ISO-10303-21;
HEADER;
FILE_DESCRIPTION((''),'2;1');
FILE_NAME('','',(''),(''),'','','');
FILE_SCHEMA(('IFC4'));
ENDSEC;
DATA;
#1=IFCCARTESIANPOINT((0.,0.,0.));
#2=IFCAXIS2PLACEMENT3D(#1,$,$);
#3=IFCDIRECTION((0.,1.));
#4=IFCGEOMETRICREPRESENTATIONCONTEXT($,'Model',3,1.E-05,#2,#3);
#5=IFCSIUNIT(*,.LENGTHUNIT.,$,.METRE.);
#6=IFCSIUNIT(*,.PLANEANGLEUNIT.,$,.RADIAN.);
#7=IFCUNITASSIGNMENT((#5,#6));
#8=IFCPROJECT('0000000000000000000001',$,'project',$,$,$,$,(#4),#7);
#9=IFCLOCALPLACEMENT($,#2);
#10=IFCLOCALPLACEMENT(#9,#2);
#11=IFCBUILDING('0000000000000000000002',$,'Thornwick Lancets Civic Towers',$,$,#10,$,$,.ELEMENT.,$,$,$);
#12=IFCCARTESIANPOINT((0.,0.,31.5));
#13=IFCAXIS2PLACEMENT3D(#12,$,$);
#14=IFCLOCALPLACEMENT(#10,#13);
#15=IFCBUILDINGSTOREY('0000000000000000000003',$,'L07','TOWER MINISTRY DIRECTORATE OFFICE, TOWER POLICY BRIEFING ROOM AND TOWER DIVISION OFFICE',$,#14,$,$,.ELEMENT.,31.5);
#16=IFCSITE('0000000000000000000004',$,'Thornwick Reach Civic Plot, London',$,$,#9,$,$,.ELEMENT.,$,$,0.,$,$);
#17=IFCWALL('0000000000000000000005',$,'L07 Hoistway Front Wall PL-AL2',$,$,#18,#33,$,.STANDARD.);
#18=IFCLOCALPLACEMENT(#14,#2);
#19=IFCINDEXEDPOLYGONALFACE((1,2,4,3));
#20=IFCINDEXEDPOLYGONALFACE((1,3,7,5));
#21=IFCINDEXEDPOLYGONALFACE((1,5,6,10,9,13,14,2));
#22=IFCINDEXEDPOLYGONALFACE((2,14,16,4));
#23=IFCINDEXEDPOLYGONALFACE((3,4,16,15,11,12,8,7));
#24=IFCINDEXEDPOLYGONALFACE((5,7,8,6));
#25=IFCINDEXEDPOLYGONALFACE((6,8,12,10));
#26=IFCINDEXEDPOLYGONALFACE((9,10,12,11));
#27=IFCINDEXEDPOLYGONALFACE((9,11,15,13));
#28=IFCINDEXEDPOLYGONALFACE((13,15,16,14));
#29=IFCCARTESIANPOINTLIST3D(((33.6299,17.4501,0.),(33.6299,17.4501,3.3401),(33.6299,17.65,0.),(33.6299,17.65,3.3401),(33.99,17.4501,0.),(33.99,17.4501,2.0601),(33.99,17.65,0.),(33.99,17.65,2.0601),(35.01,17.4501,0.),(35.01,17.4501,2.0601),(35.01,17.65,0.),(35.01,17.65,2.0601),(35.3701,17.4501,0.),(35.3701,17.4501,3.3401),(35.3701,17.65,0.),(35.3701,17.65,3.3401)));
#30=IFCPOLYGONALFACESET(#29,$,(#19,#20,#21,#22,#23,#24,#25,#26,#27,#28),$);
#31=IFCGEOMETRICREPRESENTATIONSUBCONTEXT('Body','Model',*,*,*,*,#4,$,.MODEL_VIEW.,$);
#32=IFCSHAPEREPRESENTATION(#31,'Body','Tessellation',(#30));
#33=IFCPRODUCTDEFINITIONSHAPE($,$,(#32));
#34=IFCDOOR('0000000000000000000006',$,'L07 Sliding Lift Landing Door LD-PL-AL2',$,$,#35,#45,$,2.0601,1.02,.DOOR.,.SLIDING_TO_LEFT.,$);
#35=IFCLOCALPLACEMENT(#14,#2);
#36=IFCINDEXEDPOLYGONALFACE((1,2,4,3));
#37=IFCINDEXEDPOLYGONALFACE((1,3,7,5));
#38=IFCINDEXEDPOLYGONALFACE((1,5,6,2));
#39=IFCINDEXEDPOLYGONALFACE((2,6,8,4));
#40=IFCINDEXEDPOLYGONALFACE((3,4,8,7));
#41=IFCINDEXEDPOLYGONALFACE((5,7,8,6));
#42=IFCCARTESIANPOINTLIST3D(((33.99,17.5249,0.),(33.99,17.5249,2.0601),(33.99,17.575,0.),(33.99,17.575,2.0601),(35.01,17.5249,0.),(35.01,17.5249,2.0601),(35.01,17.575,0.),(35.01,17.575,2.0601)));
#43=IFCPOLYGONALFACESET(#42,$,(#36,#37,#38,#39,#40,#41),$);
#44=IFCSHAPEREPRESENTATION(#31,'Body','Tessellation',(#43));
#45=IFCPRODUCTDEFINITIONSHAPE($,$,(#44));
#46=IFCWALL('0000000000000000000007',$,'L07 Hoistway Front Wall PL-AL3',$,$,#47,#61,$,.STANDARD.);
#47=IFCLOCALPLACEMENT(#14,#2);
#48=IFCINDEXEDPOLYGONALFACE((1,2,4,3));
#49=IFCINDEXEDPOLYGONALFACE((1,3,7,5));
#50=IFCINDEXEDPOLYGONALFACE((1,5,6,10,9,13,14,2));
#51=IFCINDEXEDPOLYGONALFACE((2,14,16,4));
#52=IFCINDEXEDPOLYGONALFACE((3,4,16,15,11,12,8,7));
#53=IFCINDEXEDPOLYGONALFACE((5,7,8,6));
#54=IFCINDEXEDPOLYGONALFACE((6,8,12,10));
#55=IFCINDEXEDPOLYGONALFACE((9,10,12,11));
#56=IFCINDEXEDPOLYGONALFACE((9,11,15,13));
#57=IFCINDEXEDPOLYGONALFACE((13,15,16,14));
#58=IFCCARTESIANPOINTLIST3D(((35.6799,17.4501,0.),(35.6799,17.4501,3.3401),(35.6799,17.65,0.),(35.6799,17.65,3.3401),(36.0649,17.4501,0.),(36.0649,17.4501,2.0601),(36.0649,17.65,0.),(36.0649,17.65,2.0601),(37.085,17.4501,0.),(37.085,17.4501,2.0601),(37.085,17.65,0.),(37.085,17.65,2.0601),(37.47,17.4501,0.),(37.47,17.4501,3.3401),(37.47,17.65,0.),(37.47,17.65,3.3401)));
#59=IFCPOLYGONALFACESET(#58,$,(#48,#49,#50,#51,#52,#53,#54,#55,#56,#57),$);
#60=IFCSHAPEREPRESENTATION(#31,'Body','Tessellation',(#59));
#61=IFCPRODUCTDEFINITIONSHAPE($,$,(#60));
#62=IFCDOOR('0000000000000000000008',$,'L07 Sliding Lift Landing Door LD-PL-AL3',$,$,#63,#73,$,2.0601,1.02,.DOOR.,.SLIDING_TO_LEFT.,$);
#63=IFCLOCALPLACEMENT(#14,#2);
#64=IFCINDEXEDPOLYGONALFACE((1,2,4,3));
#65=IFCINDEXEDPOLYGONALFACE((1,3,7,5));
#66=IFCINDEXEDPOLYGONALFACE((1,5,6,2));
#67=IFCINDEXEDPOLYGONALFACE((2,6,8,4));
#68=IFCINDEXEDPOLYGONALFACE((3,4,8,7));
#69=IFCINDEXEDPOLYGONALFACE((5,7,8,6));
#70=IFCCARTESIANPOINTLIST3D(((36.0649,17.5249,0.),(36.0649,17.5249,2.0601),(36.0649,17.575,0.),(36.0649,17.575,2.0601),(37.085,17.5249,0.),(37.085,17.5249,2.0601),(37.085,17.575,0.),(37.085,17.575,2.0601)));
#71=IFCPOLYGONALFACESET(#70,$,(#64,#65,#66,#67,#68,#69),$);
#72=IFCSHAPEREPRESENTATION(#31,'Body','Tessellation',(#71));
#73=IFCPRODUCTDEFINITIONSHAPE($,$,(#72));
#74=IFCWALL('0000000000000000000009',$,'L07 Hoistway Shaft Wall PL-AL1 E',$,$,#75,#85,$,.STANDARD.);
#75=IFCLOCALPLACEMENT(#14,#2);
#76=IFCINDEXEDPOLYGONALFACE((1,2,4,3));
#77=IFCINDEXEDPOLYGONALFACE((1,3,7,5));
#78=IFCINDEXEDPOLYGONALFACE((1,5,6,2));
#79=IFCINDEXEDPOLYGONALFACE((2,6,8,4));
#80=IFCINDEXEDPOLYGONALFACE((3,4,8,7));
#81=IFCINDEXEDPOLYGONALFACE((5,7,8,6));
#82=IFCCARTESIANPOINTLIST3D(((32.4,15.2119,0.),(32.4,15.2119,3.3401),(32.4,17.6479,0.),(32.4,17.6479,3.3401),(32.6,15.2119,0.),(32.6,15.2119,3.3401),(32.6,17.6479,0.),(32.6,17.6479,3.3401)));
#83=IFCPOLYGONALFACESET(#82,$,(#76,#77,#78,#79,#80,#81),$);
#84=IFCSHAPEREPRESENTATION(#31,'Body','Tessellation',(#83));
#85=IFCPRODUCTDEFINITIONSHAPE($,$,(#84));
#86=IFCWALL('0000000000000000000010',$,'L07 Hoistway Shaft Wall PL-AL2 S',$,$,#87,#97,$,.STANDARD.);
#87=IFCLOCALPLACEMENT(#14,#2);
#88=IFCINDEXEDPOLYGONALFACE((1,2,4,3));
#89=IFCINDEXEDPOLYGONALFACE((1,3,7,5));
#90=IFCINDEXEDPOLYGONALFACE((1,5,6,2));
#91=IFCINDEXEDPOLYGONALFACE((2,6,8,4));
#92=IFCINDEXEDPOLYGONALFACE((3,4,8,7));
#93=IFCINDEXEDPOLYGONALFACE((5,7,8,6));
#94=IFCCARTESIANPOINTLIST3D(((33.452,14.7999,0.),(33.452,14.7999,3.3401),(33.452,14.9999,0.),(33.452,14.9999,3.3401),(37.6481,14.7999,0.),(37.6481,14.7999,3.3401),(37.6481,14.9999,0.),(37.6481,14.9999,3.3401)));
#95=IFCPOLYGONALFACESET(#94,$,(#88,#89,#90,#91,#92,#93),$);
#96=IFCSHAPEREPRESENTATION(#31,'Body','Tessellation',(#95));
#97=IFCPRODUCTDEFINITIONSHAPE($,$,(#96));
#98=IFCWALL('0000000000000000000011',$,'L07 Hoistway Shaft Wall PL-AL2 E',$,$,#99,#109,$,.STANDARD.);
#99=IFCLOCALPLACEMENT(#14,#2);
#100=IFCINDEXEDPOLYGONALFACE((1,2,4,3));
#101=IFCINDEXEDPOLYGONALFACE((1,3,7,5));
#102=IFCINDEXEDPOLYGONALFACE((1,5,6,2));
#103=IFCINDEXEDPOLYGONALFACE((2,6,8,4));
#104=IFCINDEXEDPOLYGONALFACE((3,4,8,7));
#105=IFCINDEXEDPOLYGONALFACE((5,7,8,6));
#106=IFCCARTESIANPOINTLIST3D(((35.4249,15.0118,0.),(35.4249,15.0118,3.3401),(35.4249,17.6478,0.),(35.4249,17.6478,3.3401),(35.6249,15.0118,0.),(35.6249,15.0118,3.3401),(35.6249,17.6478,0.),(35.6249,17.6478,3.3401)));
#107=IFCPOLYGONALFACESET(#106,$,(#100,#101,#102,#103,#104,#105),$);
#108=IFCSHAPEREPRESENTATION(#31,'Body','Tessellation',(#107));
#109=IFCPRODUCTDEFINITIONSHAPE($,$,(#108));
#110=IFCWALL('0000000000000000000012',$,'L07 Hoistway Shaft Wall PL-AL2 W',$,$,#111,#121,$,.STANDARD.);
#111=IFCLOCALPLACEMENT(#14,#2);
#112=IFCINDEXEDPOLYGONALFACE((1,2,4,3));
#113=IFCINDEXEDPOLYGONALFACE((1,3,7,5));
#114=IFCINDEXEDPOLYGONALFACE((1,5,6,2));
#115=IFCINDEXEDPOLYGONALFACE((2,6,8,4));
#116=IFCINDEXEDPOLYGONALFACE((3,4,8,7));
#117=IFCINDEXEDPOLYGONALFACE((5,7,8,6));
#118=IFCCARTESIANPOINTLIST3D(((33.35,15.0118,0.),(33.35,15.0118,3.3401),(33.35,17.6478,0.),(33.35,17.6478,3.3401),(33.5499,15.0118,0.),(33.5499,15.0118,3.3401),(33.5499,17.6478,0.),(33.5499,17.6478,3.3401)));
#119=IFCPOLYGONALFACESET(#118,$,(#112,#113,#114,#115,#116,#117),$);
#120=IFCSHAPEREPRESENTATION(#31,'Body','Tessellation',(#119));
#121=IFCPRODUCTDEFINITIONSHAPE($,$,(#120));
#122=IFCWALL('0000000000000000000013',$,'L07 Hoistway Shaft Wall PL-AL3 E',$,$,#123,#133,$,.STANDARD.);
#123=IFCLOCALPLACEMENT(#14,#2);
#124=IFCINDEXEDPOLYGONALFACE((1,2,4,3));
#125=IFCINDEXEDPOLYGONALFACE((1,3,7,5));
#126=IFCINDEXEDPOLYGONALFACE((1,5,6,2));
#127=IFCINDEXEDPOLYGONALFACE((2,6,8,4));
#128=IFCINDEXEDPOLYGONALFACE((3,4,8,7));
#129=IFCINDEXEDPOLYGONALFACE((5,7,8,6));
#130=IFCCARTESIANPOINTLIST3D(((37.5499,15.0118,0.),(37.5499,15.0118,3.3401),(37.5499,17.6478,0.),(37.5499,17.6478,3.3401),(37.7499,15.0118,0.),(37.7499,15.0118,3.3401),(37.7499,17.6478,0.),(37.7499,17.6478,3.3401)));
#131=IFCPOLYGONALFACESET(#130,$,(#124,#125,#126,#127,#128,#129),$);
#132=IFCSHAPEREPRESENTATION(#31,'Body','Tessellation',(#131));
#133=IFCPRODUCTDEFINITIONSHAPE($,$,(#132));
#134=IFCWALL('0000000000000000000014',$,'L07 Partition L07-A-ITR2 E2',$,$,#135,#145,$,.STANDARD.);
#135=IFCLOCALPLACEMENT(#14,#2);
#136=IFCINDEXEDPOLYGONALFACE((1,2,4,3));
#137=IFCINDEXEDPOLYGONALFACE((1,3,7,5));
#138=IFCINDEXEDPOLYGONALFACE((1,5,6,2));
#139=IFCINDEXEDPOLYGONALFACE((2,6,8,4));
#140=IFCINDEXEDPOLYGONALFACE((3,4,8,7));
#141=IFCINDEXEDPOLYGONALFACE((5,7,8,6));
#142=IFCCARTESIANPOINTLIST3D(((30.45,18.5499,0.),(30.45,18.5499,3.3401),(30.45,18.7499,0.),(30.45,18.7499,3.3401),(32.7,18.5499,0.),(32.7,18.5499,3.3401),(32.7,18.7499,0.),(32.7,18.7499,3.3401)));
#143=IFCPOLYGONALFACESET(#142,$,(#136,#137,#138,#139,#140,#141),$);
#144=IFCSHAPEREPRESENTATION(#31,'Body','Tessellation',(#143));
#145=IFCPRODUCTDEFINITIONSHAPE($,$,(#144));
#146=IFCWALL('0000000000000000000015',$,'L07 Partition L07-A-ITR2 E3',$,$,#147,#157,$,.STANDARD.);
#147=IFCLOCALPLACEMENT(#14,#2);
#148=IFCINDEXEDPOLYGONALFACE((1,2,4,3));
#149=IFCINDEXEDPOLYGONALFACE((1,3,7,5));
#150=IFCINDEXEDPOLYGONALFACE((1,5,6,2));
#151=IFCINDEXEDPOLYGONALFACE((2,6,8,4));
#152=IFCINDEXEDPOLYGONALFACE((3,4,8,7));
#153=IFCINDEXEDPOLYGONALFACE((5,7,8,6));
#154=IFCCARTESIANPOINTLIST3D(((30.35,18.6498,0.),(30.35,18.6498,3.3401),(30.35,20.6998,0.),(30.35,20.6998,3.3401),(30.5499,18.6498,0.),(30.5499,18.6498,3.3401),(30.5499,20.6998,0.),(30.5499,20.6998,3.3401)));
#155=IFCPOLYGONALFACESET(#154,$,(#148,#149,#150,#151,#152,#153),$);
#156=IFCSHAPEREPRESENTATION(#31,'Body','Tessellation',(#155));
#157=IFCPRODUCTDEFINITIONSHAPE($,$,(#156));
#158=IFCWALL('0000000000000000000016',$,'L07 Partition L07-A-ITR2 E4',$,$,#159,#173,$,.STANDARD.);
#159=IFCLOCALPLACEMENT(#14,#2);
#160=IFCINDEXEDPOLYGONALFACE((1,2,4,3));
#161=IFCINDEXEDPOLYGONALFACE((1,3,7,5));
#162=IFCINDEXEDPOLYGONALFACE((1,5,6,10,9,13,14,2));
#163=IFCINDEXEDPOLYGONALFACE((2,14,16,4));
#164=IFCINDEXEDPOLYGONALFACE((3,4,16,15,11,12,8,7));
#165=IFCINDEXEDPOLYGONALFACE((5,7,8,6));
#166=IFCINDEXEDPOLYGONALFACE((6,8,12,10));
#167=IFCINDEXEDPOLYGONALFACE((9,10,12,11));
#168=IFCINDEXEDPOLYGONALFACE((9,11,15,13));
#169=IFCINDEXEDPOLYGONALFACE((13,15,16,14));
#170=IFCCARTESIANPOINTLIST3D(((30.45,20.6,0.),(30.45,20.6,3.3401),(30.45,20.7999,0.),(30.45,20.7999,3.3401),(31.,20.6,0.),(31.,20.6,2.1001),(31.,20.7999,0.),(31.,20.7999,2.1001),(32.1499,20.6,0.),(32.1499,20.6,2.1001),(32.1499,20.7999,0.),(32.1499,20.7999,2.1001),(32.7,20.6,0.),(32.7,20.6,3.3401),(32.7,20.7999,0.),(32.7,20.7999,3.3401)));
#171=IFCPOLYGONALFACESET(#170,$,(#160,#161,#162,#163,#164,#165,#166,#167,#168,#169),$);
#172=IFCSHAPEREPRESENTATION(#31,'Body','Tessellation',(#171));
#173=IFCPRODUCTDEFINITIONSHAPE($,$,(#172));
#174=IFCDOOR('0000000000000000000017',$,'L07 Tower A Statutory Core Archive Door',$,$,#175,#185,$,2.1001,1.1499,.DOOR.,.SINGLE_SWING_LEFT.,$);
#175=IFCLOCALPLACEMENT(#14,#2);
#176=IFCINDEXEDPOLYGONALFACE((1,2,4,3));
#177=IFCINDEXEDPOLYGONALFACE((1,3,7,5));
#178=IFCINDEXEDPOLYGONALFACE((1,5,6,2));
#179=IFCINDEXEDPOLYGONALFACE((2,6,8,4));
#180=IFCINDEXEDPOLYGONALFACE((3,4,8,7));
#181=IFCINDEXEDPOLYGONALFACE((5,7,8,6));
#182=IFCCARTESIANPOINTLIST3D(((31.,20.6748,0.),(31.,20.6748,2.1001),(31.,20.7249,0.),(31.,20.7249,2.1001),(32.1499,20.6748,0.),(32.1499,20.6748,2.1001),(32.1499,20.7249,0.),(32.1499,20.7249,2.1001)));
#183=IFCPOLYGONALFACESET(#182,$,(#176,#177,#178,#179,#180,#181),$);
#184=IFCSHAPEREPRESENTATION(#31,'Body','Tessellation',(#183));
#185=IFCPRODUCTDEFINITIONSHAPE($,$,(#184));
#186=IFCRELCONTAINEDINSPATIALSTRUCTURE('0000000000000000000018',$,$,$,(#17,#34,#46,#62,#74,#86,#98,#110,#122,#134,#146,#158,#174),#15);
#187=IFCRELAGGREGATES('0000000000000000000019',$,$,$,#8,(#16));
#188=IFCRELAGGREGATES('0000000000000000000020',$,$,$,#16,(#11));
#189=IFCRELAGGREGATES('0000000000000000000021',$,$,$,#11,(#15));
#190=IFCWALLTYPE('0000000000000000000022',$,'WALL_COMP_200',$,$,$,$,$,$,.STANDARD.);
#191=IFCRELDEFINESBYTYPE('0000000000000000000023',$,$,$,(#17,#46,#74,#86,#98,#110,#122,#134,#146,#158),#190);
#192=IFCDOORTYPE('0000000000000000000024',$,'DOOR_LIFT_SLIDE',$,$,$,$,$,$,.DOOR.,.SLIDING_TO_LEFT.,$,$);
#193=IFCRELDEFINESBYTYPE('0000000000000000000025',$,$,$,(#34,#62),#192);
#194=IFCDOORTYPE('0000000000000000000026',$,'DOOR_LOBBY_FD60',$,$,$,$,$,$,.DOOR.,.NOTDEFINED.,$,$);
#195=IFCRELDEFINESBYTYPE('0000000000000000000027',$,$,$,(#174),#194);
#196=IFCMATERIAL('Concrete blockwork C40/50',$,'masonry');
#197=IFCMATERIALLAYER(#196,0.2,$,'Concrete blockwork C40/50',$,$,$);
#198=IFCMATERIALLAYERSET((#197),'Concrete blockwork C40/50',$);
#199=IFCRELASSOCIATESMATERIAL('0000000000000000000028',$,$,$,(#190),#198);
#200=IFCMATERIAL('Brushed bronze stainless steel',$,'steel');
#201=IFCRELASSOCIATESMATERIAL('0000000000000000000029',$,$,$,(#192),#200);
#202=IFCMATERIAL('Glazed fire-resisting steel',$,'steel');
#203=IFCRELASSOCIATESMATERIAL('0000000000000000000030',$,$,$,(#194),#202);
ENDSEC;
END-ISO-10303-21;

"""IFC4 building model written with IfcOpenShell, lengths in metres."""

from ifc_helpers import new_model, si_unit, direction, frame, frame_2d, origin, place, context, subcontext, project, spatial, rectangle, extrude, material, layer, layer_set, type_object, element, fill, save


model = new_model("IFC4")

# Units and contexts
model_context = context("Model", 3, precision=1e-05, world=origin(), true_north=direction((0.0, 1.0)))
body_context = subcontext(model_context, "Body", "Model", "MODEL_VIEW")
ifc_project = project(units=[si_unit("LENGTHUNIT", "METRE"), si_unit("PLANEANGLEUNIT", "RADIAN")], contexts=[model_context])

# Site, building, storey
site_placement = place(None, origin())
site = spatial("IfcSite", under=ifc_project, at=site_placement, Name="Thornwick Reach Civic Plot, London", CompositionType="ELEMENT", RefElevation=0.0)
building_placement = place(site_placement, origin())
building = spatial("IfcBuilding", under=site, at=building_placement, Name="Thornwick Lancets Civic Towers", CompositionType="ELEMENT")
storey_placement = place(building_placement, frame((0.0, 0.0, 31.5)))
storey = spatial("IfcBuildingStorey", under=building, at=storey_placement, Name="L07", Description="TOWER MINISTRY DIRECTORATE OFFICE, TOWER POLICY BRIEFING ROOM AND TOWER DIVISION OFFICE", CompositionType="ELEMENT", Elevation=31.5)

# Walls, openings, doors
ifc_material_1 = material(Name="Concrete blockwork C40/50", Category="masonry")
ifc_layer_1 = layer(ifc_material_1, 0.2, Name="Concrete blockwork C40/50")
ifc_layer_set_1 = layer_set([ifc_layer_1], Name="Concrete blockwork C40/50")
wall_type_1 = type_object("IfcWallType", Name="WALL_COMP_200", PredefinedType="STANDARD", material=ifc_layer_set_1)
ifc_material_2 = material(Name="Brushed bronze stainless steel", Category="steel")
door_type_1 = type_object("IfcDoorType", Name="DOOR_LIFT_SLIDE", OperationType="SLIDING_TO_LEFT", PredefinedType="DOOR", material=ifc_material_2)
wall_1_placement = place(storey_placement, frame((33.6299, 17.55, 0.0), z_axis=(0.0, 0.0, 1.0), x_axis=(1.0, 0.0, 0.0)))
wall_1 = element("IfcWall", 1, at=wall_1_placement, inside=storey, type_object=wall_type_1, Name="L07 Hoistway Front Wall PL-AL2", PredefinedType="STANDARD", context=body_context, shape_type="SweptSolid", body=[
    extrude(rectangle(XDim=1.7402, YDim=0.2, at=frame_2d((0.8701, 0.0))), origin(), (0.0, 0.0, 1.0), 3.3401),
])
opening_1_placement = place(wall_1_placement, frame((0.3601, 0.0, 0.0)))
opening_1 = element("IfcOpeningElement", 2, at=opening_1_placement, cuts=wall_1, PredefinedType="OPENING", context=body_context, shape_type="SweptSolid", body=[
    extrude(rectangle(XDim=1.02, YDim=2.0601, at=frame_2d((0.51, 1.03))), frame((0.0, 0.1099, 0.0), z_axis=(0.0, -1.0, 0.0), x_axis=(1.0, 0.0, 0.0)), (0.0, 0.0, 1.0), 0.22),
])
door_1_placement = place(opening_1_placement, origin())
door_1 = element("IfcDoor", 3, at=door_1_placement, inside=storey, type_object=door_type_1, Name="L07 Sliding Lift Landing Door LD-PL-AL2", OperationType="SLIDING_TO_LEFT", OverallHeight=2.0601, OverallWidth=1.02, PredefinedType="DOOR", context=body_context, shape_type="SweptSolid", body=[
    extrude(rectangle(XDim=1.02, YDim=2.0601, at=frame_2d((0.51, 1.03))), frame((0.0, 0.0249, 0.0), z_axis=(0.0, -1.0, 0.0), x_axis=(1.0, 0.0, 0.0)), (0.0, 0.0, 1.0), 0.05),
])
fill(opening_1, door_1)
wall_2_placement = place(storey_placement, frame((35.6799, 17.55, 0.0), z_axis=(0.0, 0.0, 1.0), x_axis=(1.0, 0.0, 0.0)))
wall_2 = element("IfcWall", 4, at=wall_2_placement, inside=storey, type_object=wall_type_1, Name="L07 Hoistway Front Wall PL-AL3", PredefinedType="STANDARD", context=body_context, shape_type="SweptSolid", body=[
    extrude(rectangle(XDim=1.79, YDim=0.2, at=frame_2d((0.895, 0.0))), origin(), (0.0, 0.0, 1.0), 3.3401),
])
opening_2_placement = place(wall_2_placement, frame((0.385, 0.0, 0.0)))
opening_2 = element("IfcOpeningElement", 5, at=opening_2_placement, cuts=wall_2, PredefinedType="OPENING", context=body_context, shape_type="SweptSolid", body=[
    extrude(rectangle(XDim=1.02, YDim=2.0601, at=frame_2d((0.51, 1.03))), frame((0.0, 0.1099, 0.0), z_axis=(0.0, -1.0, 0.0), x_axis=(1.0, 0.0, 0.0)), (0.0, 0.0, 1.0), 0.22),
])
door_2_placement = place(opening_2_placement, origin())
door_2 = element("IfcDoor", 6, at=door_2_placement, inside=storey, type_object=door_type_1, Name="L07 Sliding Lift Landing Door LD-PL-AL3", OperationType="SLIDING_TO_LEFT", OverallHeight=2.0601, OverallWidth=1.02, PredefinedType="DOOR", context=body_context, shape_type="SweptSolid", body=[
    extrude(rectangle(XDim=1.02, YDim=2.0601, at=frame_2d((0.51, 1.03))), frame((0.0, 0.0249, 0.0), z_axis=(0.0, -1.0, 0.0), x_axis=(1.0, 0.0, 0.0)), (0.0, 0.0, 1.0), 0.05),
])
fill(opening_2, door_2)

# Walls
wall_3_placement = place(storey_placement, frame((32.5, 15.2119, 0.0), z_axis=(0.0, 0.0, 1.0), x_axis=(0.0, 1.0, 0.0)))
element("IfcWall", 7, at=wall_3_placement, inside=storey, type_object=wall_type_1, Name="L07 Hoistway Shaft Wall PL-AL1 E", PredefinedType="STANDARD", context=body_context, shape_type="SweptSolid", body=[
    extrude(rectangle(XDim=2.436, YDim=0.2, at=frame_2d((1.218, 0.0))), origin(), (0.0, 0.0, 1.0), 3.3401),
])
wall_4_placement = place(storey_placement, frame((33.4519, 14.8999, 0.0), z_axis=(0.0, 0.0, 1.0), x_axis=(1.0, 0.0, 0.0)))
element("IfcWall", 8, at=wall_4_placement, inside=storey, type_object=wall_type_1, Name="L07 Hoistway Shaft Wall PL-AL2 S", PredefinedType="STANDARD", context=body_context, shape_type="SweptSolid", body=[
    extrude(rectangle(XDim=4.196, YDim=0.2, at=frame_2d((2.0981, 0.0))), origin(), (0.0, 0.0, 1.0), 3.3401),
])
for number, where, z_axis, x_axis, name in (
    (9, (35.5249, 15.012, 0.0), (0.0, 0.0, 1.0), (0.0, 1.0, 0.0), "L07 Hoistway Shaft Wall PL-AL2 E"),
    (10, (33.45, 15.012, 0.0), (0.0, 0.0, 1.0), (0.0, 1.0, 0.0), "L07 Hoistway Shaft Wall PL-AL2 W"),
    (11, (37.6499, 15.012, 0.0), (0.0, 0.0, 1.0), (0.0, 1.0, 0.0), "L07 Hoistway Shaft Wall PL-AL3 E"),
):
    element("IfcWall", number, at=place(storey_placement, frame(where, z_axis=z_axis, x_axis=x_axis)), inside=storey, type_object=wall_type_1, Name=name, PredefinedType="STANDARD", context=body_context, shape_type="SweptSolid", body=[
        extrude(rectangle(XDim=2.636, YDim=0.2, at=frame_2d((1.3179, 0.0))), origin(), (0.0, 0.0, 1.0), 3.3401),
    ])
wall_5_placement = place(storey_placement, frame((32.7, 18.6499, 0.0), z_axis=(0.0, 0.0, 1.0), x_axis=(-1.0, 0.0, 0.0)))
element("IfcWall", 12, at=wall_5_placement, inside=storey, type_object=wall_type_1, Name="L07 Partition L07-A-ITR2 E2", PredefinedType="STANDARD", context=body_context, shape_type="SweptSolid", body=[
    extrude(rectangle(XDim=2.25, YDim=0.2, at=frame_2d((1.125, 0.0))), origin(), (0.0, 0.0, 1.0), 3.3401),
])
wall_6_placement = place(storey_placement, frame((30.45, 18.6499, 0.0), z_axis=(0.0, 0.0, 1.0), x_axis=(0.0, 1.0, 0.0)))
element("IfcWall", 13, at=wall_6_placement, inside=storey, type_object=wall_type_1, Name="L07 Partition L07-A-ITR2 E3", PredefinedType="STANDARD", context=body_context, shape_type="SweptSolid", body=[
    extrude(rectangle(XDim=2.05, YDim=0.2, at=frame_2d((1.0249, 0.0))), origin(), (0.0, 0.0, 1.0), 3.3401),
])

# Wall, opening, door
wall_7_placement = place(storey_placement, frame((30.45, 20.7, 0.0), z_axis=(0.0, 0.0, 1.0), x_axis=(1.0, 0.0, 0.0)))
wall_7 = element("IfcWall", 14, at=wall_7_placement, inside=storey, type_object=wall_type_1, Name="L07 Partition L07-A-ITR2 E4", PredefinedType="STANDARD", context=body_context, shape_type="SweptSolid", body=[
    extrude(rectangle(XDim=2.25, YDim=0.2, at=frame_2d((1.125, 0.0))), origin(), (0.0, 0.0, 1.0), 3.3401),
])
opening_3_placement = place(wall_7_placement, frame((0.55, 0.0, 0.0)))
opening_3 = element("IfcOpeningElement", 15, at=opening_3_placement, cuts=wall_7, PredefinedType="OPENING", context=body_context, shape_type="SweptSolid", body=[
    extrude(rectangle(XDim=1.1499, YDim=2.1001, at=frame_2d((0.575, 1.05))), frame((0.0, 0.1099, 0.0), z_axis=(0.0, -1.0, 0.0), x_axis=(1.0, 0.0, 0.0)), (0.0, 0.0, 1.0), 0.22),
])
ifc_material_3 = material(Name="Glazed fire-resisting steel", Category="steel")
door_type_2 = type_object("IfcDoorType", Name="DOOR_LOBBY_FD60", OperationType="NOTDEFINED", PredefinedType="DOOR", material=ifc_material_3)
door_3_placement = place(opening_3_placement, origin())
door_3 = element("IfcDoor", 16, at=door_3_placement, inside=storey, type_object=door_type_2, Name="L07 Tower A Statutory Core Archive Door", OperationType="SINGLE_SWING_LEFT", OverallHeight=2.1001, OverallWidth=1.1499, PredefinedType="DOOR", context=body_context, shape_type="SweptSolid", body=[
    extrude(rectangle(XDim=1.1499, YDim=2.1001, at=frame_2d((0.575, 1.05))), frame((0.0, 0.0249, 0.0), z_axis=(0.0, -1.0, 0.0), x_axis=(1.0, 0.0, 0.0)), (0.0, 0.0, 1.0), 0.05),
])
fill(opening_3, door_3)

save(model, "model.ifc")
